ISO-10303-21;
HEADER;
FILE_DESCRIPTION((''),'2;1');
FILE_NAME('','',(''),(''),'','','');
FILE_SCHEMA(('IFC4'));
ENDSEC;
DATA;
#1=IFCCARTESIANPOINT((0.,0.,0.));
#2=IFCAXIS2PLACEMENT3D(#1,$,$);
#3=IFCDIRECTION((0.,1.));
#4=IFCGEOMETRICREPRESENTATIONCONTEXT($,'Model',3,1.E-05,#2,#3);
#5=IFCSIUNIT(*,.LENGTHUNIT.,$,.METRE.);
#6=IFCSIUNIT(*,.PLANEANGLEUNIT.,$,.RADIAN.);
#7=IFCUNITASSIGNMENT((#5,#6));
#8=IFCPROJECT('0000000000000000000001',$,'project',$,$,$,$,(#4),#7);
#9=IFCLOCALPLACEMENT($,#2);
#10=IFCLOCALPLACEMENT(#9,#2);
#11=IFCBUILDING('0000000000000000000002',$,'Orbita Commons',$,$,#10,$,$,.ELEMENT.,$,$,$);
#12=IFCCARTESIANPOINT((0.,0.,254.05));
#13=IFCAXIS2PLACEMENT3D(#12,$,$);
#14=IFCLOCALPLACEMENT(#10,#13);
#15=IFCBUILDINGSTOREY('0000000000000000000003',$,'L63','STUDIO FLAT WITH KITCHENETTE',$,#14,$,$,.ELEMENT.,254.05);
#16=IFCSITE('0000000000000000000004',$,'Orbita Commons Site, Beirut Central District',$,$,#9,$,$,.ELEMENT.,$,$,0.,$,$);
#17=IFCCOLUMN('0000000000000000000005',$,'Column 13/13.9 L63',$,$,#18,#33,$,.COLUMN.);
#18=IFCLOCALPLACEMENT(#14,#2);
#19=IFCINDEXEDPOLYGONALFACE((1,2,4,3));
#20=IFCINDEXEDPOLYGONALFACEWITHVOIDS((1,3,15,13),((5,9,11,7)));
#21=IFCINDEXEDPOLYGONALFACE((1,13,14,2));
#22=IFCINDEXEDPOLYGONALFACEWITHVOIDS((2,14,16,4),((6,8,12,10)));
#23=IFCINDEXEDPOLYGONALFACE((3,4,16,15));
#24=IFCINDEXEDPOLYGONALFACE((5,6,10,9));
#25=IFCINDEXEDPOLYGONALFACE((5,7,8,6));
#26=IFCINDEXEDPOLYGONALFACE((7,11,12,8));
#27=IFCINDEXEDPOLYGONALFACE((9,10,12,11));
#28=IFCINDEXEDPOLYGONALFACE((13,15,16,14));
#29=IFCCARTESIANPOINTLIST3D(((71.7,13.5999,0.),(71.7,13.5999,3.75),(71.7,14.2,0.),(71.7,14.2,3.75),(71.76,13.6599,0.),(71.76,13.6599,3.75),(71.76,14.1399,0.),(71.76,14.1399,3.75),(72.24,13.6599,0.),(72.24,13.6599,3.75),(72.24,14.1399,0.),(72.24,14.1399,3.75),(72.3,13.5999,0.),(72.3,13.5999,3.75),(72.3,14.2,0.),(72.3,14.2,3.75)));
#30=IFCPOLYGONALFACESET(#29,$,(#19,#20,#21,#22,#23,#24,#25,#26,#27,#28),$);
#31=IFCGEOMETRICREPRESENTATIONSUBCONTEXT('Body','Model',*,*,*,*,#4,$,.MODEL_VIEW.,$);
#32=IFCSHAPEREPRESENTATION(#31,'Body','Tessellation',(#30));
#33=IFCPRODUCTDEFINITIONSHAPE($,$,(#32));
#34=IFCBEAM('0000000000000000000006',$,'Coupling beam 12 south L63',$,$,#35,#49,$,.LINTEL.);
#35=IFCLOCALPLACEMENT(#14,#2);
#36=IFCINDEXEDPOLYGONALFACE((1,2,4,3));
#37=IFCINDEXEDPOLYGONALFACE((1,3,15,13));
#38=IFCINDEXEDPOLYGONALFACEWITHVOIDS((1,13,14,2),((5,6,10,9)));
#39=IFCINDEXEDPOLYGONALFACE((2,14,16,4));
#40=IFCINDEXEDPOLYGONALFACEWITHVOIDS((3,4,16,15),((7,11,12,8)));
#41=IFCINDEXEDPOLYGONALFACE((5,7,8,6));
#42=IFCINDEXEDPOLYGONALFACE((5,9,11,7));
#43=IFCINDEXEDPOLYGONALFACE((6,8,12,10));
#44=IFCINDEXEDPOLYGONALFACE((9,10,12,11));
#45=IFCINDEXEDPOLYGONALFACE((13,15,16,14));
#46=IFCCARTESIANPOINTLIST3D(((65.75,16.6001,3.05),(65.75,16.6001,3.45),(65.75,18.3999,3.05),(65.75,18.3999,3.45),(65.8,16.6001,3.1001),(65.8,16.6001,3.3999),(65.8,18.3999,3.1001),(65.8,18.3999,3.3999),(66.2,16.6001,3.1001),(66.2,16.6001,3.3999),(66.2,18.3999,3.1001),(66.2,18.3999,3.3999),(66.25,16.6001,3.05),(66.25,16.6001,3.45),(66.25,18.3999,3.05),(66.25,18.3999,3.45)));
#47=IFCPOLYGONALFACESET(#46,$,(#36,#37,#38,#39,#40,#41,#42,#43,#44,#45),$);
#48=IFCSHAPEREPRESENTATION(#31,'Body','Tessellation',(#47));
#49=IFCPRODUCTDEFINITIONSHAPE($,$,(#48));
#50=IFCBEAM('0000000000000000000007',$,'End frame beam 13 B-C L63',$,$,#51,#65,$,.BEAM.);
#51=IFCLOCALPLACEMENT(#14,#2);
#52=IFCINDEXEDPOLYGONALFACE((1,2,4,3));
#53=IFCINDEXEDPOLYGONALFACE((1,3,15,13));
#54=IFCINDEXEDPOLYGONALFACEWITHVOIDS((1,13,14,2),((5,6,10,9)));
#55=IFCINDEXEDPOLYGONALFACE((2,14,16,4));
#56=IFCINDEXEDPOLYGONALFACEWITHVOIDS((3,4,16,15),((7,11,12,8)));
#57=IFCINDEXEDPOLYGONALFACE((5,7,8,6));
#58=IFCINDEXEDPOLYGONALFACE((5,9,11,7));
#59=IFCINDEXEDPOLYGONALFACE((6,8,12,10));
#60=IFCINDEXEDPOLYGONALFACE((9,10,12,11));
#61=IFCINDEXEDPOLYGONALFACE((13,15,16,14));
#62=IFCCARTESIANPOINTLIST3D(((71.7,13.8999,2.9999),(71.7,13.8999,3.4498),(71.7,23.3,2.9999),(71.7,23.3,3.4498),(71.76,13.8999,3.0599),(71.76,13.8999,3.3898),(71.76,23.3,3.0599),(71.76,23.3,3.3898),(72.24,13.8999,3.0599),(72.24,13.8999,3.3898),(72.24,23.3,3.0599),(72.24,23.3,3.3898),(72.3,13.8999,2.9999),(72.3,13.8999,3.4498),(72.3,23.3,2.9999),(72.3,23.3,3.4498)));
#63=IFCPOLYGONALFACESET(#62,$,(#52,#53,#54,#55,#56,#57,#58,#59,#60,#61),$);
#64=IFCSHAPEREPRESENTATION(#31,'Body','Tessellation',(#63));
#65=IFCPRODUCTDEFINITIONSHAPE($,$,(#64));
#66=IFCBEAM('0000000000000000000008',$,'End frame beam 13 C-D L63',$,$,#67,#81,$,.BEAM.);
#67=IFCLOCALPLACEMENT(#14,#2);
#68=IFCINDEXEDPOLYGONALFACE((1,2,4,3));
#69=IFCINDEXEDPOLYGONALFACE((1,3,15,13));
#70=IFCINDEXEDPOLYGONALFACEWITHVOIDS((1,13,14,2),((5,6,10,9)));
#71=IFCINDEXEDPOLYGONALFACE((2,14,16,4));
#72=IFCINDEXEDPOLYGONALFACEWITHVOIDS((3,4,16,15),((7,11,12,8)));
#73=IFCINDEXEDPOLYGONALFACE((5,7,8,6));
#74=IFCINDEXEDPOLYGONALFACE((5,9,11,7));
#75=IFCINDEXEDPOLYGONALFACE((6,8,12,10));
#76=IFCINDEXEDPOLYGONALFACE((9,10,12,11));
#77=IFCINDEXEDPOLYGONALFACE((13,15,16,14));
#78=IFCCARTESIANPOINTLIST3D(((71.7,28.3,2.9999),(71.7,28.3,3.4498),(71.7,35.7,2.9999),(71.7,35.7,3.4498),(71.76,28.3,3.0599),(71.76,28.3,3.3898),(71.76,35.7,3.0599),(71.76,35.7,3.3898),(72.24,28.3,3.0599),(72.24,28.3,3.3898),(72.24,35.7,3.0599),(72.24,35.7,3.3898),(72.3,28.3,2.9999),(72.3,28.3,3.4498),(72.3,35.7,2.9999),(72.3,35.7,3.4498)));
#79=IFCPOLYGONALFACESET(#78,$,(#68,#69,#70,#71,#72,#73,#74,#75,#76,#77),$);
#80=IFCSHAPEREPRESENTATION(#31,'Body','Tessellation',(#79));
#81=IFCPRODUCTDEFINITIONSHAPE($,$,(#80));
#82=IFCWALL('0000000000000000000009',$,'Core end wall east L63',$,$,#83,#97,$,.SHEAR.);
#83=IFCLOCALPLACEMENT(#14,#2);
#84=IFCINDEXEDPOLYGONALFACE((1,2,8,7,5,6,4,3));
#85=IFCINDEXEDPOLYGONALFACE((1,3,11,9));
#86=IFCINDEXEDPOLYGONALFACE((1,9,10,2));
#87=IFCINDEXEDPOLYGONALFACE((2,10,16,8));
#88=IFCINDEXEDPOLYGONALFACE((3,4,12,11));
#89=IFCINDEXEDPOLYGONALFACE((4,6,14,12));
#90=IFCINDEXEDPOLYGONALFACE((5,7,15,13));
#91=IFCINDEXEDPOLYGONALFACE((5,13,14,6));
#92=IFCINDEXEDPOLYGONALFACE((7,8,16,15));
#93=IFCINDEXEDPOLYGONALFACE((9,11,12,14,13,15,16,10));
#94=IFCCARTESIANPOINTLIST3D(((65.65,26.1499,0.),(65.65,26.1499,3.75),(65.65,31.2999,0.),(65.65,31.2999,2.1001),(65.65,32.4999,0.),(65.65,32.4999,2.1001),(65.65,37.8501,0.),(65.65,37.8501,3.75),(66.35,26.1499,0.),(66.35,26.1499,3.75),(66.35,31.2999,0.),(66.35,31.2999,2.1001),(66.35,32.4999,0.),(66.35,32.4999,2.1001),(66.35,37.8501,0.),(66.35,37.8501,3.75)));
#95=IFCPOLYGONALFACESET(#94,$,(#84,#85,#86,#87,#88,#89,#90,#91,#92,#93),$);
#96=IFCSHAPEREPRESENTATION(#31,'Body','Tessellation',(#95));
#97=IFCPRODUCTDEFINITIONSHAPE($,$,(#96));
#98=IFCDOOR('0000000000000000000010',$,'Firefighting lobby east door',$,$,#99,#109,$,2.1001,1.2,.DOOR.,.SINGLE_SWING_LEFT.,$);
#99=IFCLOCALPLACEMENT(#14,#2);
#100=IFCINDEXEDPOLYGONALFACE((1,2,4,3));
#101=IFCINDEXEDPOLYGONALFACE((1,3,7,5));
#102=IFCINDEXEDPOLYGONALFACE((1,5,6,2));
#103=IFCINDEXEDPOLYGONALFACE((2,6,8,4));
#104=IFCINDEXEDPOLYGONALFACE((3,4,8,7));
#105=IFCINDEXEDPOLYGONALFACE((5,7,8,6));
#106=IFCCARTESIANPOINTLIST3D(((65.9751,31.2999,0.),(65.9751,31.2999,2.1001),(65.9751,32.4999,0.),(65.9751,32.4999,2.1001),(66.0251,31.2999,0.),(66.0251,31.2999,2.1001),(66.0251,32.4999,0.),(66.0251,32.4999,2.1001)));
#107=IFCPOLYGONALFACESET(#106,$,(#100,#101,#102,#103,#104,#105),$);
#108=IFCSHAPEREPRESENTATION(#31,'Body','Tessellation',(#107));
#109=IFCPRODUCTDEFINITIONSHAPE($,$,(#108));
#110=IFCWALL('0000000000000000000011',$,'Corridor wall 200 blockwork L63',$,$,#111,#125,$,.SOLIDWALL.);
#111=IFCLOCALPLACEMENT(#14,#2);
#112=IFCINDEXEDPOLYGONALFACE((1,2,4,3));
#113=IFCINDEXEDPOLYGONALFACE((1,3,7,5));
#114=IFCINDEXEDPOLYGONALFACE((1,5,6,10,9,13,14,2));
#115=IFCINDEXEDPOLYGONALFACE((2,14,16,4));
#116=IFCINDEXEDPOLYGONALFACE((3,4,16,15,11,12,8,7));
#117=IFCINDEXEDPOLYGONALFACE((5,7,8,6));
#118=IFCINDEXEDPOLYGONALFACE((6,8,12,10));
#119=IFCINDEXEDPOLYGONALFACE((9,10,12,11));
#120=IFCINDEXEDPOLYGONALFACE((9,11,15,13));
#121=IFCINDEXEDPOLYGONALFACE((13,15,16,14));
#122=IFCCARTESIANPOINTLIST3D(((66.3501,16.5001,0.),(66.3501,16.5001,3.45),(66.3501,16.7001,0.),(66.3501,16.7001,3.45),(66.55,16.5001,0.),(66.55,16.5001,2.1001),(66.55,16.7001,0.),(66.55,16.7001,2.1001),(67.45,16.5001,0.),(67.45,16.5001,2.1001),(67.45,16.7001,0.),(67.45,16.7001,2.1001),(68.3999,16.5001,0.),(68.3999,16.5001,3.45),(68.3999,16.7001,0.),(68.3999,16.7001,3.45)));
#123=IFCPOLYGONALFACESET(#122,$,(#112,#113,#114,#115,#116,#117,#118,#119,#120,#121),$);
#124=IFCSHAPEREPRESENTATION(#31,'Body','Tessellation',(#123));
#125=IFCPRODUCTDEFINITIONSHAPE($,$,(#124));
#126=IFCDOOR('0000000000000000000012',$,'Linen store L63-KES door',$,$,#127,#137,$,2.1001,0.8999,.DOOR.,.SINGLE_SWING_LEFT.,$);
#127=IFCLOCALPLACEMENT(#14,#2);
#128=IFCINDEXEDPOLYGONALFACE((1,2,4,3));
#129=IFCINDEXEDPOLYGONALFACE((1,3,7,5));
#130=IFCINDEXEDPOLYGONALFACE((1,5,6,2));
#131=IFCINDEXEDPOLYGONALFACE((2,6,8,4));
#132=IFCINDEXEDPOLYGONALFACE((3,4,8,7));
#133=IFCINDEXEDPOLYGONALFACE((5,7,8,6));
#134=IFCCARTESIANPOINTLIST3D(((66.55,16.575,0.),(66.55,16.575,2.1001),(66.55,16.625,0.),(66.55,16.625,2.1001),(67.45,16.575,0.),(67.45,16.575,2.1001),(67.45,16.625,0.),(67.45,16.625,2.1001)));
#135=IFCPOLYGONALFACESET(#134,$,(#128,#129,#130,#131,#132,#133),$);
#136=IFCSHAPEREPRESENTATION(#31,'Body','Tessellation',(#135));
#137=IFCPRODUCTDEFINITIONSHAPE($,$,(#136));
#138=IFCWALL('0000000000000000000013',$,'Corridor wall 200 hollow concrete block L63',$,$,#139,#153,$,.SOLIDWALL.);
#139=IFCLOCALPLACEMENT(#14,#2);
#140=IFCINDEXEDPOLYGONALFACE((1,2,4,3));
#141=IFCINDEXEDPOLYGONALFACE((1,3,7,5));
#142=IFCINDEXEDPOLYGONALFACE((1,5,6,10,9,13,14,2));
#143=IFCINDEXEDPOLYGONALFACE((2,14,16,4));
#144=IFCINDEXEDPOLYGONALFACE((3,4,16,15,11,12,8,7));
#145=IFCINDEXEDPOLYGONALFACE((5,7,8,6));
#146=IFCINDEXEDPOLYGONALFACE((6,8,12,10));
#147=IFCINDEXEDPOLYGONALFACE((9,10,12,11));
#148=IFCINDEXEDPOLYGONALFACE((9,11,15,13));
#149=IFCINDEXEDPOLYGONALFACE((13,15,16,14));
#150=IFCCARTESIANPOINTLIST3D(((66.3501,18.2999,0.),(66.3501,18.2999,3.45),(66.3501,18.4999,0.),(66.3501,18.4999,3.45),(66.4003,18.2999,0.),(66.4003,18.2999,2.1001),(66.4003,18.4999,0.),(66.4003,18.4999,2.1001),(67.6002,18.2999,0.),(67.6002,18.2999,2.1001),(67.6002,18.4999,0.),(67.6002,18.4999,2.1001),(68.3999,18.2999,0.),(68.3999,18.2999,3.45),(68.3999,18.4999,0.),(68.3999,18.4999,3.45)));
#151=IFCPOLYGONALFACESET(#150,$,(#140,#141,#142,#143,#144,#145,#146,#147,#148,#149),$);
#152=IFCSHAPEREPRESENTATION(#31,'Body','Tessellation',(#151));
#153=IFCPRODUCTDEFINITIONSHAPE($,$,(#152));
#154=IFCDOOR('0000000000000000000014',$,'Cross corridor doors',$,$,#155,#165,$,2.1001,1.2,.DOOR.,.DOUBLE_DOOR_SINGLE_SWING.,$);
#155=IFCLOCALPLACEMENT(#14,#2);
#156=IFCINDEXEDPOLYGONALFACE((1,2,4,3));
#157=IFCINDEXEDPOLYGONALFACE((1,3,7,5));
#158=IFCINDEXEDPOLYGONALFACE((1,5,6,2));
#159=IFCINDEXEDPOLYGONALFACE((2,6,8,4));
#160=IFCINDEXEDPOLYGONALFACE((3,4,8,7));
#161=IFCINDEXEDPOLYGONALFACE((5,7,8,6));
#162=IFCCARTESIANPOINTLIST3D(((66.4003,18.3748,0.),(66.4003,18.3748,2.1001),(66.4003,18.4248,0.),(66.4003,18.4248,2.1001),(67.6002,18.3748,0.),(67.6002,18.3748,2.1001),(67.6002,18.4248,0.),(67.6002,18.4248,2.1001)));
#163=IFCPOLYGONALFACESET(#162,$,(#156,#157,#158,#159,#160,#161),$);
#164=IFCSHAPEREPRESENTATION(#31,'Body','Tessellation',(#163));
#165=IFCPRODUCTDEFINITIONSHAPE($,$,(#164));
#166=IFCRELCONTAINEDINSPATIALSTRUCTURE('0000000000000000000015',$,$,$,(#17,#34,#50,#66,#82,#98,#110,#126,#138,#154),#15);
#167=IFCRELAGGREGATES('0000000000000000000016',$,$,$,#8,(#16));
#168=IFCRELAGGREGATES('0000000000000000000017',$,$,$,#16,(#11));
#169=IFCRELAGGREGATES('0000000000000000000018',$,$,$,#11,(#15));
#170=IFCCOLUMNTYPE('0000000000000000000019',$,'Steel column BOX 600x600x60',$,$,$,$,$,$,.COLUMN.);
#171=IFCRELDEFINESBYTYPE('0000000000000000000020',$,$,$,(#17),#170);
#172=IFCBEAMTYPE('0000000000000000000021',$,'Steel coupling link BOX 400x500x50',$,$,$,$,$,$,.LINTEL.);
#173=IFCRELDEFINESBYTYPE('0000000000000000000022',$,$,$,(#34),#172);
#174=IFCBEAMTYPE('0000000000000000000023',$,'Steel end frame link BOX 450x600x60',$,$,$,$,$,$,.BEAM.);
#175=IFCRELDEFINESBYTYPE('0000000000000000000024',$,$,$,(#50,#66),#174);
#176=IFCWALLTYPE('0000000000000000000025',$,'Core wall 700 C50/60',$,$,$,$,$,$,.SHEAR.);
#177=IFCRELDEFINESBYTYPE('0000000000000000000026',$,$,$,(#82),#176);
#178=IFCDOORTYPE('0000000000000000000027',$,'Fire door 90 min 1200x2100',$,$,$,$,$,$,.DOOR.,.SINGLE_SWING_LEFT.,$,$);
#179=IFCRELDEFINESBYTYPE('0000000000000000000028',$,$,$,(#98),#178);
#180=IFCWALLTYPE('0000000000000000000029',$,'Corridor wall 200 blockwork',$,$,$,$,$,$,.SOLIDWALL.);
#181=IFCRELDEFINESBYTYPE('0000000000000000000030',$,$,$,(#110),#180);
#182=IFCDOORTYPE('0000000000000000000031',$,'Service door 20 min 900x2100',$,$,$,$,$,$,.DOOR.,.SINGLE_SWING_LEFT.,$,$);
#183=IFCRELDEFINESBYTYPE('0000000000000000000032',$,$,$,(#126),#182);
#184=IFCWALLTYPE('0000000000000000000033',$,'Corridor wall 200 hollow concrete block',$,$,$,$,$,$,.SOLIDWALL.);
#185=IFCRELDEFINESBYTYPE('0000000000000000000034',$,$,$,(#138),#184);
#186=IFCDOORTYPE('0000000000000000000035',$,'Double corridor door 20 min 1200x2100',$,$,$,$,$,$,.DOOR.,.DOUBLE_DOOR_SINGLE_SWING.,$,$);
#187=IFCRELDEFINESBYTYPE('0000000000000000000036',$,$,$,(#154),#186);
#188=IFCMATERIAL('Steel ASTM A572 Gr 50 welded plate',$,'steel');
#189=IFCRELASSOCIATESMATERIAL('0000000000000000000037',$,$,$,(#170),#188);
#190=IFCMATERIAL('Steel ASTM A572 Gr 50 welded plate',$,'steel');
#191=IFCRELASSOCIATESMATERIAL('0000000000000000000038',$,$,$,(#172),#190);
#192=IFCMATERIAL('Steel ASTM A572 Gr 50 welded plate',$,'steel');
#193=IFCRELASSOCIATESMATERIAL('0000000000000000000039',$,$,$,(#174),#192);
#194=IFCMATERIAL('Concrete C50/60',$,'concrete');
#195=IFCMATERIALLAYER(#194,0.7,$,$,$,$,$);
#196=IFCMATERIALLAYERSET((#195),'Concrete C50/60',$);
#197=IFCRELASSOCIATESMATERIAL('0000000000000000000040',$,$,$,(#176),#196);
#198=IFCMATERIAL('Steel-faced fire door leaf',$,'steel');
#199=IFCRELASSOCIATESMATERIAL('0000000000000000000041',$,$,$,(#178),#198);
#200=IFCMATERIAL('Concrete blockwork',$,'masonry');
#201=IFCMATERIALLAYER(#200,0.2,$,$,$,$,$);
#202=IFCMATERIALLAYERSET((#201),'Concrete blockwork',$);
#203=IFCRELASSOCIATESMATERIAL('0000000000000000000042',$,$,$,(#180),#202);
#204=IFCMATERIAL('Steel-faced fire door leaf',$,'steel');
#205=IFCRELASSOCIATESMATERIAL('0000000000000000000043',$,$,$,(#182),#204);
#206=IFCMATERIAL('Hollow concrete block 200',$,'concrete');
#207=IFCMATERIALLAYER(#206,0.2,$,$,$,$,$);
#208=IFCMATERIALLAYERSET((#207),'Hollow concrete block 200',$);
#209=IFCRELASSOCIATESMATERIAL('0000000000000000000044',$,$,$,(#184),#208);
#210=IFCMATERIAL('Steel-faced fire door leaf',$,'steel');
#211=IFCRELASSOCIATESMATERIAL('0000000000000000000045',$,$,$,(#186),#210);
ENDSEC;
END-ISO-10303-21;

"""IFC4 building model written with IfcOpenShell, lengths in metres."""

from ifc_helpers import new_model, si_unit, direction, frame, frame_2d, origin, origin_2d, place, context, subcontext, project, spatial, rectangle, hollow_rectangle, extrude, material, layer, layer_set, material_profile, profile_set, type_object, element, fill, save


model = new_model("IFC4")

# Units and contexts
model_context = context("Model", 3, precision=1e-05, world=origin(), true_north=direction((0.0, 1.0)))
body_context = subcontext(model_context, "Body", "Model", "MODEL_VIEW")
ifc_project = project(units=[si_unit("LENGTHUNIT", "METRE"), si_unit("PLANEANGLEUNIT", "RADIAN")], contexts=[model_context])

# Site, building, storey
site_placement = place(None, origin())
site = spatial("IfcSite", under=ifc_project, at=site_placement, Name="Orbita Commons Site, Beirut Central District", CompositionType="ELEMENT", RefElevation=0.0)
building_placement = place(site_placement, origin())
building = spatial("IfcBuilding", under=site, at=building_placement, Name="Orbita Commons", CompositionType="ELEMENT")
storey_placement = place(building_placement, frame((0.0, 0.0, 254.05)))
storey = spatial("IfcBuildingStorey", under=building, at=storey_placement, Name="L63", Description="STUDIO FLAT WITH KITCHENETTE", CompositionType="ELEMENT", Elevation=254.05)

# Column
ifc_material_1 = material(Name="Steel ASTM A572 Gr 50 welded plate", Category="steel")
ifc_material_profile_1 = material_profile(ifc_material_1, hollow_rectangle(XDim=0.6001, YDim=0.6001, WallThickness=0.0601, at=origin_2d()), Name="BOX 600x600x60")
ifc_profile_set_1 = profile_set([ifc_material_profile_1], Name="Steel ASTM A572 Gr 50 welded plate")
column_type = type_object("IfcColumnType", Name="Steel column BOX 600x600x60", PredefinedType="COLUMN", material=ifc_profile_set_1)
column_placement = place(storey_placement, frame((72.0, 13.8999, 0.0), z_axis=(0.0, 0.0, 1.0), x_axis=(1.0, 0.0, 0.0)))
element("IfcColumn", 1, at=column_placement, inside=storey, type_object=column_type, Name="Column 13/13.9 L63", PredefinedType="COLUMN", context=body_context, shape_type="SweptSolid", body=[
    extrude(hollow_rectangle(XDim=0.6001, YDim=0.6001, WallThickness=0.0601, at=origin_2d()), origin(), (0.0, 0.0, 1.0), 3.75),
])

# Beams
ifc_material_2 = material(Name="Steel ASTM A572 Gr 50 welded plate", Category="steel")
ifc_material_profile_2 = material_profile(ifc_material_2, hollow_rectangle(XDim=0.5, YDim=0.3999, WallThickness=0.05, at=origin_2d()), Name="BOX 400x500x50")
ifc_profile_set_2 = profile_set([ifc_material_profile_2], Name="Steel ASTM A572 Gr 50 welded plate")
beam_type_1 = type_object("IfcBeamType", Name="Steel coupling link BOX 400x500x50", PredefinedType="LINTEL", material=ifc_profile_set_2)
beam_1_placement = place(storey_placement, frame((66.0, 16.6001, 3.25), z_axis=(0.0, 1.0, 0.0), x_axis=(-1.0, 0.0, 0.0)))
element("IfcBeam", 2, at=beam_1_placement, inside=storey, type_object=beam_type_1, Name="Coupling beam 12 south L63", PredefinedType="LINTEL", context=body_context, shape_type="SweptSolid", body=[
    extrude(hollow_rectangle(XDim=0.5, YDim=0.3999, WallThickness=0.05, at=origin_2d()), origin(), (0.0, 0.0, 1.0), 1.7998),
])
ifc_material_3 = material(Name="Steel ASTM A572 Gr 50 welded plate", Category="steel")
ifc_material_profile_3 = material_profile(ifc_material_3, hollow_rectangle(XDim=0.6001, YDim=0.45, WallThickness=0.0601, at=origin_2d()), Name="BOX 450x600x60")
ifc_profile_set_3 = profile_set([ifc_material_profile_3], Name="Steel ASTM A572 Gr 50 welded plate")
beam_type_2 = type_object("IfcBeamType", Name="Steel end frame link BOX 450x600x60", PredefinedType="BEAM", material=ifc_profile_set_3)
beam_2_placement = place(storey_placement, frame((72.0, 13.8999, 3.2249), z_axis=(0.0, 1.0, 0.0), x_axis=(-1.0, 0.0, 0.0)))
element("IfcBeam", 3, at=beam_2_placement, inside=storey, type_object=beam_type_2, Name="End frame beam 13 B-C L63", PredefinedType="BEAM", context=body_context, shape_type="SweptSolid", body=[
    extrude(hollow_rectangle(XDim=0.6001, YDim=0.45, WallThickness=0.0601, at=origin_2d()), origin(), (0.0, 0.0, 1.0), 9.4001),
])
beam_3_placement = place(storey_placement, frame((72.0, 28.3, 3.2249), z_axis=(0.0, 1.0, 0.0), x_axis=(-1.0, 0.0, 0.0)))
element("IfcBeam", 4, at=beam_3_placement, inside=storey, type_object=beam_type_2, Name="End frame beam 13 C-D L63", PredefinedType="BEAM", context=body_context, shape_type="SweptSolid", body=[
    extrude(hollow_rectangle(XDim=0.6001, YDim=0.45, WallThickness=0.0601, at=origin_2d()), origin(), (0.0, 0.0, 1.0), 7.3999),
])

# Walls, openings, doors
ifc_material_4 = material(Name="Concrete C50/60", Category="concrete")
ifc_layer_1 = layer(ifc_material_4, 0.7)
ifc_layer_set_1 = layer_set([ifc_layer_1], Name="Concrete C50/60")
wall_type_1 = type_object("IfcWallType", Name="Core wall 700 C50/60", PredefinedType="SHEAR", material=ifc_layer_set_1)
wall_1_placement = place(storey_placement, frame((66.0, 26.1499, 0.0), z_axis=(0.0, 0.0, 1.0), x_axis=(0.0, 1.0, 0.0)))
wall_1 = element("IfcWall", 5, at=wall_1_placement, inside=storey, type_object=wall_type_1, Name="Core end wall east L63", PredefinedType="SHEAR", context=body_context, shape_type="SweptSolid", body=[
    extrude(rectangle(XDim=11.7002, YDim=0.7, at=frame_2d((5.8501, 0.0))), origin(), (0.0, 0.0, 1.0), 3.75),
])
opening_1_placement = place(wall_1_placement, frame((5.1499, 0.0, 0.0)))
opening_1 = element("IfcOpeningElement", 6, at=opening_1_placement, cuts=wall_1, PredefinedType="OPENING", context=body_context, shape_type="SweptSolid", body=[
    extrude(rectangle(XDim=1.2, YDim=2.1001, at=frame_2d((0.6001, 1.05))), frame((0.0, 0.3599, 0.0), z_axis=(0.0, -1.0, 0.0), x_axis=(1.0, 0.0, 0.0)), (0.0, 0.0, 1.0), 0.72),
])
ifc_material_5 = material(Name="Steel-faced fire door leaf", Category="steel")
door_type_1 = type_object("IfcDoorType", Name="Fire door 90 min 1200x2100", OperationType="SINGLE_SWING_LEFT", PredefinedType="DOOR", material=ifc_material_5)
door_1_placement = place(opening_1_placement, origin())
door_1 = element("IfcDoor", 7, at=door_1_placement, inside=storey, type_object=door_type_1, Name="Firefighting lobby east door", OperationType="SINGLE_SWING_LEFT", OverallHeight=2.1001, OverallWidth=1.2, PredefinedType="DOOR", context=body_context, shape_type="SweptSolid", body=[
    extrude(rectangle(XDim=1.2, YDim=2.1001, at=frame_2d((0.6001, 1.05))), frame((0.0, 0.0249, 0.0), z_axis=(0.0, -1.0, 0.0), x_axis=(1.0, 0.0, 0.0)), (0.0, 0.0, 1.0), 0.05),
])
fill(opening_1, door_1)
ifc_material_6 = material(Name="Concrete blockwork", Category="masonry")
ifc_layer_2 = layer(ifc_material_6, 0.2)
ifc_layer_set_2 = layer_set([ifc_layer_2], Name="Concrete blockwork")
wall_type_2 = type_object("IfcWallType", Name="Corridor wall 200 blockwork", PredefinedType="SOLIDWALL", material=ifc_layer_set_2)
wall_2_placement = place(storey_placement, frame((66.3501, 16.6001, 0.0), z_axis=(0.0, 0.0, 1.0), x_axis=(1.0, 0.0, 0.0)))
wall_2 = element("IfcWall", 8, at=wall_2_placement, inside=storey, type_object=wall_type_2, Name="Corridor wall 200 blockwork L63", PredefinedType="SOLIDWALL", context=body_context, shape_type="SweptSolid", body=[
    extrude(rectangle(XDim=2.0498, YDim=0.2, at=frame_2d((1.0249, 0.0))), origin(), (0.0, 0.0, 1.0), 3.45),
])
opening_2_placement = place(wall_2_placement, frame((0.2, 0.0, 0.0)))
opening_2 = element("IfcOpeningElement", 9, at=opening_2_placement, cuts=wall_2, PredefinedType="OPENING", context=body_context, shape_type="SweptSolid", body=[
    extrude(rectangle(XDim=0.8999, YDim=2.1001, at=frame_2d((0.45, 1.05))), frame((0.0, 0.1099, 0.0), z_axis=(0.0, -1.0, 0.0), x_axis=(1.0, 0.0, 0.0)), (0.0, 0.0, 1.0), 0.22),
])
ifc_material_7 = material(Name="Steel-faced fire door leaf", Category="steel")
door_type_2 = type_object("IfcDoorType", Name="Service door 20 min 900x2100", OperationType="SINGLE_SWING_LEFT", PredefinedType="DOOR", material=ifc_material_7)
door_2_placement = place(opening_2_placement, origin())
door_2 = element("IfcDoor", 10, at=door_2_placement, inside=storey, type_object=door_type_2, Name="Linen store L63-KES door", OperationType="SINGLE_SWING_LEFT", OverallHeight=2.1001, OverallWidth=0.8999, PredefinedType="DOOR", context=body_context, shape_type="SweptSolid", body=[
    extrude(rectangle(XDim=0.8999, YDim=2.1001, at=frame_2d((0.45, 1.05))), frame((0.0, 0.0249, 0.0), z_axis=(0.0, -1.0, 0.0), x_axis=(1.0, 0.0, 0.0)), (0.0, 0.0, 1.0), 0.05),
])
fill(opening_2, door_2)
ifc_material_8 = material(Name="Hollow concrete block 200", Category="concrete")
ifc_layer_3 = layer(ifc_material_8, 0.2)
ifc_layer_set_3 = layer_set([ifc_layer_3], Name="Hollow concrete block 200")
wall_type_3 = type_object("IfcWallType", Name="Corridor wall 200 hollow concrete block", PredefinedType="SOLIDWALL", material=ifc_layer_set_3)
wall_3_placement = place(storey_placement, frame((66.3501, 18.3999, 0.0), z_axis=(0.0, 0.0, 1.0), x_axis=(1.0, 0.0, 0.0)))
wall_3 = element("IfcWall", 11, at=wall_3_placement, inside=storey, type_object=wall_type_3, Name="Corridor wall 200 hollow concrete block L63", PredefinedType="SOLIDWALL", context=body_context, shape_type="SweptSolid", body=[
    extrude(rectangle(XDim=2.0498, YDim=0.2, at=frame_2d((1.0249, 0.0))), origin(), (0.0, 0.0, 1.0), 3.45),
])
opening_3_placement = place(wall_3_placement, frame((0.05, 0.0, 0.0)))
opening_3 = element("IfcOpeningElement", 12, at=opening_3_placement, cuts=wall_3, PredefinedType="OPENING", context=body_context, shape_type="SweptSolid", body=[
    extrude(rectangle(XDim=1.2, YDim=2.1001, at=frame_2d((0.6001, 1.05))), frame((0.0, 0.1099, 0.0), z_axis=(0.0, -1.0, 0.0), x_axis=(1.0, 0.0, 0.0)), (0.0, 0.0, 1.0), 0.22),
])
ifc_material_9 = material(Name="Steel-faced fire door leaf", Category="steel")
door_type_3 = type_object("IfcDoorType", Name="Double corridor door 20 min 1200x2100", OperationType="DOUBLE_DOOR_SINGLE_SWING", PredefinedType="DOOR", material=ifc_material_9)
door_3_placement = place(opening_3_placement, origin())
door_3 = element("IfcDoor", 13, at=door_3_placement, inside=storey, type_object=door_type_3, Name="Cross corridor doors", OperationType="DOUBLE_DOOR_SINGLE_SWING", OverallHeight=2.1001, OverallWidth=1.2, PredefinedType="DOOR", context=body_context, shape_type="SweptSolid", body=[
    extrude(rectangle(XDim=1.2, YDim=2.1001, at=frame_2d((0.6001, 1.05))), frame((0.0, 0.0249, 0.0), z_axis=(0.0, -1.0, 0.0), x_axis=(1.0, 0.0, 0.0)), (0.0, 0.0, 1.0), 0.05),
])
fill(opening_3, door_3)

save(model, "model.ifc")
